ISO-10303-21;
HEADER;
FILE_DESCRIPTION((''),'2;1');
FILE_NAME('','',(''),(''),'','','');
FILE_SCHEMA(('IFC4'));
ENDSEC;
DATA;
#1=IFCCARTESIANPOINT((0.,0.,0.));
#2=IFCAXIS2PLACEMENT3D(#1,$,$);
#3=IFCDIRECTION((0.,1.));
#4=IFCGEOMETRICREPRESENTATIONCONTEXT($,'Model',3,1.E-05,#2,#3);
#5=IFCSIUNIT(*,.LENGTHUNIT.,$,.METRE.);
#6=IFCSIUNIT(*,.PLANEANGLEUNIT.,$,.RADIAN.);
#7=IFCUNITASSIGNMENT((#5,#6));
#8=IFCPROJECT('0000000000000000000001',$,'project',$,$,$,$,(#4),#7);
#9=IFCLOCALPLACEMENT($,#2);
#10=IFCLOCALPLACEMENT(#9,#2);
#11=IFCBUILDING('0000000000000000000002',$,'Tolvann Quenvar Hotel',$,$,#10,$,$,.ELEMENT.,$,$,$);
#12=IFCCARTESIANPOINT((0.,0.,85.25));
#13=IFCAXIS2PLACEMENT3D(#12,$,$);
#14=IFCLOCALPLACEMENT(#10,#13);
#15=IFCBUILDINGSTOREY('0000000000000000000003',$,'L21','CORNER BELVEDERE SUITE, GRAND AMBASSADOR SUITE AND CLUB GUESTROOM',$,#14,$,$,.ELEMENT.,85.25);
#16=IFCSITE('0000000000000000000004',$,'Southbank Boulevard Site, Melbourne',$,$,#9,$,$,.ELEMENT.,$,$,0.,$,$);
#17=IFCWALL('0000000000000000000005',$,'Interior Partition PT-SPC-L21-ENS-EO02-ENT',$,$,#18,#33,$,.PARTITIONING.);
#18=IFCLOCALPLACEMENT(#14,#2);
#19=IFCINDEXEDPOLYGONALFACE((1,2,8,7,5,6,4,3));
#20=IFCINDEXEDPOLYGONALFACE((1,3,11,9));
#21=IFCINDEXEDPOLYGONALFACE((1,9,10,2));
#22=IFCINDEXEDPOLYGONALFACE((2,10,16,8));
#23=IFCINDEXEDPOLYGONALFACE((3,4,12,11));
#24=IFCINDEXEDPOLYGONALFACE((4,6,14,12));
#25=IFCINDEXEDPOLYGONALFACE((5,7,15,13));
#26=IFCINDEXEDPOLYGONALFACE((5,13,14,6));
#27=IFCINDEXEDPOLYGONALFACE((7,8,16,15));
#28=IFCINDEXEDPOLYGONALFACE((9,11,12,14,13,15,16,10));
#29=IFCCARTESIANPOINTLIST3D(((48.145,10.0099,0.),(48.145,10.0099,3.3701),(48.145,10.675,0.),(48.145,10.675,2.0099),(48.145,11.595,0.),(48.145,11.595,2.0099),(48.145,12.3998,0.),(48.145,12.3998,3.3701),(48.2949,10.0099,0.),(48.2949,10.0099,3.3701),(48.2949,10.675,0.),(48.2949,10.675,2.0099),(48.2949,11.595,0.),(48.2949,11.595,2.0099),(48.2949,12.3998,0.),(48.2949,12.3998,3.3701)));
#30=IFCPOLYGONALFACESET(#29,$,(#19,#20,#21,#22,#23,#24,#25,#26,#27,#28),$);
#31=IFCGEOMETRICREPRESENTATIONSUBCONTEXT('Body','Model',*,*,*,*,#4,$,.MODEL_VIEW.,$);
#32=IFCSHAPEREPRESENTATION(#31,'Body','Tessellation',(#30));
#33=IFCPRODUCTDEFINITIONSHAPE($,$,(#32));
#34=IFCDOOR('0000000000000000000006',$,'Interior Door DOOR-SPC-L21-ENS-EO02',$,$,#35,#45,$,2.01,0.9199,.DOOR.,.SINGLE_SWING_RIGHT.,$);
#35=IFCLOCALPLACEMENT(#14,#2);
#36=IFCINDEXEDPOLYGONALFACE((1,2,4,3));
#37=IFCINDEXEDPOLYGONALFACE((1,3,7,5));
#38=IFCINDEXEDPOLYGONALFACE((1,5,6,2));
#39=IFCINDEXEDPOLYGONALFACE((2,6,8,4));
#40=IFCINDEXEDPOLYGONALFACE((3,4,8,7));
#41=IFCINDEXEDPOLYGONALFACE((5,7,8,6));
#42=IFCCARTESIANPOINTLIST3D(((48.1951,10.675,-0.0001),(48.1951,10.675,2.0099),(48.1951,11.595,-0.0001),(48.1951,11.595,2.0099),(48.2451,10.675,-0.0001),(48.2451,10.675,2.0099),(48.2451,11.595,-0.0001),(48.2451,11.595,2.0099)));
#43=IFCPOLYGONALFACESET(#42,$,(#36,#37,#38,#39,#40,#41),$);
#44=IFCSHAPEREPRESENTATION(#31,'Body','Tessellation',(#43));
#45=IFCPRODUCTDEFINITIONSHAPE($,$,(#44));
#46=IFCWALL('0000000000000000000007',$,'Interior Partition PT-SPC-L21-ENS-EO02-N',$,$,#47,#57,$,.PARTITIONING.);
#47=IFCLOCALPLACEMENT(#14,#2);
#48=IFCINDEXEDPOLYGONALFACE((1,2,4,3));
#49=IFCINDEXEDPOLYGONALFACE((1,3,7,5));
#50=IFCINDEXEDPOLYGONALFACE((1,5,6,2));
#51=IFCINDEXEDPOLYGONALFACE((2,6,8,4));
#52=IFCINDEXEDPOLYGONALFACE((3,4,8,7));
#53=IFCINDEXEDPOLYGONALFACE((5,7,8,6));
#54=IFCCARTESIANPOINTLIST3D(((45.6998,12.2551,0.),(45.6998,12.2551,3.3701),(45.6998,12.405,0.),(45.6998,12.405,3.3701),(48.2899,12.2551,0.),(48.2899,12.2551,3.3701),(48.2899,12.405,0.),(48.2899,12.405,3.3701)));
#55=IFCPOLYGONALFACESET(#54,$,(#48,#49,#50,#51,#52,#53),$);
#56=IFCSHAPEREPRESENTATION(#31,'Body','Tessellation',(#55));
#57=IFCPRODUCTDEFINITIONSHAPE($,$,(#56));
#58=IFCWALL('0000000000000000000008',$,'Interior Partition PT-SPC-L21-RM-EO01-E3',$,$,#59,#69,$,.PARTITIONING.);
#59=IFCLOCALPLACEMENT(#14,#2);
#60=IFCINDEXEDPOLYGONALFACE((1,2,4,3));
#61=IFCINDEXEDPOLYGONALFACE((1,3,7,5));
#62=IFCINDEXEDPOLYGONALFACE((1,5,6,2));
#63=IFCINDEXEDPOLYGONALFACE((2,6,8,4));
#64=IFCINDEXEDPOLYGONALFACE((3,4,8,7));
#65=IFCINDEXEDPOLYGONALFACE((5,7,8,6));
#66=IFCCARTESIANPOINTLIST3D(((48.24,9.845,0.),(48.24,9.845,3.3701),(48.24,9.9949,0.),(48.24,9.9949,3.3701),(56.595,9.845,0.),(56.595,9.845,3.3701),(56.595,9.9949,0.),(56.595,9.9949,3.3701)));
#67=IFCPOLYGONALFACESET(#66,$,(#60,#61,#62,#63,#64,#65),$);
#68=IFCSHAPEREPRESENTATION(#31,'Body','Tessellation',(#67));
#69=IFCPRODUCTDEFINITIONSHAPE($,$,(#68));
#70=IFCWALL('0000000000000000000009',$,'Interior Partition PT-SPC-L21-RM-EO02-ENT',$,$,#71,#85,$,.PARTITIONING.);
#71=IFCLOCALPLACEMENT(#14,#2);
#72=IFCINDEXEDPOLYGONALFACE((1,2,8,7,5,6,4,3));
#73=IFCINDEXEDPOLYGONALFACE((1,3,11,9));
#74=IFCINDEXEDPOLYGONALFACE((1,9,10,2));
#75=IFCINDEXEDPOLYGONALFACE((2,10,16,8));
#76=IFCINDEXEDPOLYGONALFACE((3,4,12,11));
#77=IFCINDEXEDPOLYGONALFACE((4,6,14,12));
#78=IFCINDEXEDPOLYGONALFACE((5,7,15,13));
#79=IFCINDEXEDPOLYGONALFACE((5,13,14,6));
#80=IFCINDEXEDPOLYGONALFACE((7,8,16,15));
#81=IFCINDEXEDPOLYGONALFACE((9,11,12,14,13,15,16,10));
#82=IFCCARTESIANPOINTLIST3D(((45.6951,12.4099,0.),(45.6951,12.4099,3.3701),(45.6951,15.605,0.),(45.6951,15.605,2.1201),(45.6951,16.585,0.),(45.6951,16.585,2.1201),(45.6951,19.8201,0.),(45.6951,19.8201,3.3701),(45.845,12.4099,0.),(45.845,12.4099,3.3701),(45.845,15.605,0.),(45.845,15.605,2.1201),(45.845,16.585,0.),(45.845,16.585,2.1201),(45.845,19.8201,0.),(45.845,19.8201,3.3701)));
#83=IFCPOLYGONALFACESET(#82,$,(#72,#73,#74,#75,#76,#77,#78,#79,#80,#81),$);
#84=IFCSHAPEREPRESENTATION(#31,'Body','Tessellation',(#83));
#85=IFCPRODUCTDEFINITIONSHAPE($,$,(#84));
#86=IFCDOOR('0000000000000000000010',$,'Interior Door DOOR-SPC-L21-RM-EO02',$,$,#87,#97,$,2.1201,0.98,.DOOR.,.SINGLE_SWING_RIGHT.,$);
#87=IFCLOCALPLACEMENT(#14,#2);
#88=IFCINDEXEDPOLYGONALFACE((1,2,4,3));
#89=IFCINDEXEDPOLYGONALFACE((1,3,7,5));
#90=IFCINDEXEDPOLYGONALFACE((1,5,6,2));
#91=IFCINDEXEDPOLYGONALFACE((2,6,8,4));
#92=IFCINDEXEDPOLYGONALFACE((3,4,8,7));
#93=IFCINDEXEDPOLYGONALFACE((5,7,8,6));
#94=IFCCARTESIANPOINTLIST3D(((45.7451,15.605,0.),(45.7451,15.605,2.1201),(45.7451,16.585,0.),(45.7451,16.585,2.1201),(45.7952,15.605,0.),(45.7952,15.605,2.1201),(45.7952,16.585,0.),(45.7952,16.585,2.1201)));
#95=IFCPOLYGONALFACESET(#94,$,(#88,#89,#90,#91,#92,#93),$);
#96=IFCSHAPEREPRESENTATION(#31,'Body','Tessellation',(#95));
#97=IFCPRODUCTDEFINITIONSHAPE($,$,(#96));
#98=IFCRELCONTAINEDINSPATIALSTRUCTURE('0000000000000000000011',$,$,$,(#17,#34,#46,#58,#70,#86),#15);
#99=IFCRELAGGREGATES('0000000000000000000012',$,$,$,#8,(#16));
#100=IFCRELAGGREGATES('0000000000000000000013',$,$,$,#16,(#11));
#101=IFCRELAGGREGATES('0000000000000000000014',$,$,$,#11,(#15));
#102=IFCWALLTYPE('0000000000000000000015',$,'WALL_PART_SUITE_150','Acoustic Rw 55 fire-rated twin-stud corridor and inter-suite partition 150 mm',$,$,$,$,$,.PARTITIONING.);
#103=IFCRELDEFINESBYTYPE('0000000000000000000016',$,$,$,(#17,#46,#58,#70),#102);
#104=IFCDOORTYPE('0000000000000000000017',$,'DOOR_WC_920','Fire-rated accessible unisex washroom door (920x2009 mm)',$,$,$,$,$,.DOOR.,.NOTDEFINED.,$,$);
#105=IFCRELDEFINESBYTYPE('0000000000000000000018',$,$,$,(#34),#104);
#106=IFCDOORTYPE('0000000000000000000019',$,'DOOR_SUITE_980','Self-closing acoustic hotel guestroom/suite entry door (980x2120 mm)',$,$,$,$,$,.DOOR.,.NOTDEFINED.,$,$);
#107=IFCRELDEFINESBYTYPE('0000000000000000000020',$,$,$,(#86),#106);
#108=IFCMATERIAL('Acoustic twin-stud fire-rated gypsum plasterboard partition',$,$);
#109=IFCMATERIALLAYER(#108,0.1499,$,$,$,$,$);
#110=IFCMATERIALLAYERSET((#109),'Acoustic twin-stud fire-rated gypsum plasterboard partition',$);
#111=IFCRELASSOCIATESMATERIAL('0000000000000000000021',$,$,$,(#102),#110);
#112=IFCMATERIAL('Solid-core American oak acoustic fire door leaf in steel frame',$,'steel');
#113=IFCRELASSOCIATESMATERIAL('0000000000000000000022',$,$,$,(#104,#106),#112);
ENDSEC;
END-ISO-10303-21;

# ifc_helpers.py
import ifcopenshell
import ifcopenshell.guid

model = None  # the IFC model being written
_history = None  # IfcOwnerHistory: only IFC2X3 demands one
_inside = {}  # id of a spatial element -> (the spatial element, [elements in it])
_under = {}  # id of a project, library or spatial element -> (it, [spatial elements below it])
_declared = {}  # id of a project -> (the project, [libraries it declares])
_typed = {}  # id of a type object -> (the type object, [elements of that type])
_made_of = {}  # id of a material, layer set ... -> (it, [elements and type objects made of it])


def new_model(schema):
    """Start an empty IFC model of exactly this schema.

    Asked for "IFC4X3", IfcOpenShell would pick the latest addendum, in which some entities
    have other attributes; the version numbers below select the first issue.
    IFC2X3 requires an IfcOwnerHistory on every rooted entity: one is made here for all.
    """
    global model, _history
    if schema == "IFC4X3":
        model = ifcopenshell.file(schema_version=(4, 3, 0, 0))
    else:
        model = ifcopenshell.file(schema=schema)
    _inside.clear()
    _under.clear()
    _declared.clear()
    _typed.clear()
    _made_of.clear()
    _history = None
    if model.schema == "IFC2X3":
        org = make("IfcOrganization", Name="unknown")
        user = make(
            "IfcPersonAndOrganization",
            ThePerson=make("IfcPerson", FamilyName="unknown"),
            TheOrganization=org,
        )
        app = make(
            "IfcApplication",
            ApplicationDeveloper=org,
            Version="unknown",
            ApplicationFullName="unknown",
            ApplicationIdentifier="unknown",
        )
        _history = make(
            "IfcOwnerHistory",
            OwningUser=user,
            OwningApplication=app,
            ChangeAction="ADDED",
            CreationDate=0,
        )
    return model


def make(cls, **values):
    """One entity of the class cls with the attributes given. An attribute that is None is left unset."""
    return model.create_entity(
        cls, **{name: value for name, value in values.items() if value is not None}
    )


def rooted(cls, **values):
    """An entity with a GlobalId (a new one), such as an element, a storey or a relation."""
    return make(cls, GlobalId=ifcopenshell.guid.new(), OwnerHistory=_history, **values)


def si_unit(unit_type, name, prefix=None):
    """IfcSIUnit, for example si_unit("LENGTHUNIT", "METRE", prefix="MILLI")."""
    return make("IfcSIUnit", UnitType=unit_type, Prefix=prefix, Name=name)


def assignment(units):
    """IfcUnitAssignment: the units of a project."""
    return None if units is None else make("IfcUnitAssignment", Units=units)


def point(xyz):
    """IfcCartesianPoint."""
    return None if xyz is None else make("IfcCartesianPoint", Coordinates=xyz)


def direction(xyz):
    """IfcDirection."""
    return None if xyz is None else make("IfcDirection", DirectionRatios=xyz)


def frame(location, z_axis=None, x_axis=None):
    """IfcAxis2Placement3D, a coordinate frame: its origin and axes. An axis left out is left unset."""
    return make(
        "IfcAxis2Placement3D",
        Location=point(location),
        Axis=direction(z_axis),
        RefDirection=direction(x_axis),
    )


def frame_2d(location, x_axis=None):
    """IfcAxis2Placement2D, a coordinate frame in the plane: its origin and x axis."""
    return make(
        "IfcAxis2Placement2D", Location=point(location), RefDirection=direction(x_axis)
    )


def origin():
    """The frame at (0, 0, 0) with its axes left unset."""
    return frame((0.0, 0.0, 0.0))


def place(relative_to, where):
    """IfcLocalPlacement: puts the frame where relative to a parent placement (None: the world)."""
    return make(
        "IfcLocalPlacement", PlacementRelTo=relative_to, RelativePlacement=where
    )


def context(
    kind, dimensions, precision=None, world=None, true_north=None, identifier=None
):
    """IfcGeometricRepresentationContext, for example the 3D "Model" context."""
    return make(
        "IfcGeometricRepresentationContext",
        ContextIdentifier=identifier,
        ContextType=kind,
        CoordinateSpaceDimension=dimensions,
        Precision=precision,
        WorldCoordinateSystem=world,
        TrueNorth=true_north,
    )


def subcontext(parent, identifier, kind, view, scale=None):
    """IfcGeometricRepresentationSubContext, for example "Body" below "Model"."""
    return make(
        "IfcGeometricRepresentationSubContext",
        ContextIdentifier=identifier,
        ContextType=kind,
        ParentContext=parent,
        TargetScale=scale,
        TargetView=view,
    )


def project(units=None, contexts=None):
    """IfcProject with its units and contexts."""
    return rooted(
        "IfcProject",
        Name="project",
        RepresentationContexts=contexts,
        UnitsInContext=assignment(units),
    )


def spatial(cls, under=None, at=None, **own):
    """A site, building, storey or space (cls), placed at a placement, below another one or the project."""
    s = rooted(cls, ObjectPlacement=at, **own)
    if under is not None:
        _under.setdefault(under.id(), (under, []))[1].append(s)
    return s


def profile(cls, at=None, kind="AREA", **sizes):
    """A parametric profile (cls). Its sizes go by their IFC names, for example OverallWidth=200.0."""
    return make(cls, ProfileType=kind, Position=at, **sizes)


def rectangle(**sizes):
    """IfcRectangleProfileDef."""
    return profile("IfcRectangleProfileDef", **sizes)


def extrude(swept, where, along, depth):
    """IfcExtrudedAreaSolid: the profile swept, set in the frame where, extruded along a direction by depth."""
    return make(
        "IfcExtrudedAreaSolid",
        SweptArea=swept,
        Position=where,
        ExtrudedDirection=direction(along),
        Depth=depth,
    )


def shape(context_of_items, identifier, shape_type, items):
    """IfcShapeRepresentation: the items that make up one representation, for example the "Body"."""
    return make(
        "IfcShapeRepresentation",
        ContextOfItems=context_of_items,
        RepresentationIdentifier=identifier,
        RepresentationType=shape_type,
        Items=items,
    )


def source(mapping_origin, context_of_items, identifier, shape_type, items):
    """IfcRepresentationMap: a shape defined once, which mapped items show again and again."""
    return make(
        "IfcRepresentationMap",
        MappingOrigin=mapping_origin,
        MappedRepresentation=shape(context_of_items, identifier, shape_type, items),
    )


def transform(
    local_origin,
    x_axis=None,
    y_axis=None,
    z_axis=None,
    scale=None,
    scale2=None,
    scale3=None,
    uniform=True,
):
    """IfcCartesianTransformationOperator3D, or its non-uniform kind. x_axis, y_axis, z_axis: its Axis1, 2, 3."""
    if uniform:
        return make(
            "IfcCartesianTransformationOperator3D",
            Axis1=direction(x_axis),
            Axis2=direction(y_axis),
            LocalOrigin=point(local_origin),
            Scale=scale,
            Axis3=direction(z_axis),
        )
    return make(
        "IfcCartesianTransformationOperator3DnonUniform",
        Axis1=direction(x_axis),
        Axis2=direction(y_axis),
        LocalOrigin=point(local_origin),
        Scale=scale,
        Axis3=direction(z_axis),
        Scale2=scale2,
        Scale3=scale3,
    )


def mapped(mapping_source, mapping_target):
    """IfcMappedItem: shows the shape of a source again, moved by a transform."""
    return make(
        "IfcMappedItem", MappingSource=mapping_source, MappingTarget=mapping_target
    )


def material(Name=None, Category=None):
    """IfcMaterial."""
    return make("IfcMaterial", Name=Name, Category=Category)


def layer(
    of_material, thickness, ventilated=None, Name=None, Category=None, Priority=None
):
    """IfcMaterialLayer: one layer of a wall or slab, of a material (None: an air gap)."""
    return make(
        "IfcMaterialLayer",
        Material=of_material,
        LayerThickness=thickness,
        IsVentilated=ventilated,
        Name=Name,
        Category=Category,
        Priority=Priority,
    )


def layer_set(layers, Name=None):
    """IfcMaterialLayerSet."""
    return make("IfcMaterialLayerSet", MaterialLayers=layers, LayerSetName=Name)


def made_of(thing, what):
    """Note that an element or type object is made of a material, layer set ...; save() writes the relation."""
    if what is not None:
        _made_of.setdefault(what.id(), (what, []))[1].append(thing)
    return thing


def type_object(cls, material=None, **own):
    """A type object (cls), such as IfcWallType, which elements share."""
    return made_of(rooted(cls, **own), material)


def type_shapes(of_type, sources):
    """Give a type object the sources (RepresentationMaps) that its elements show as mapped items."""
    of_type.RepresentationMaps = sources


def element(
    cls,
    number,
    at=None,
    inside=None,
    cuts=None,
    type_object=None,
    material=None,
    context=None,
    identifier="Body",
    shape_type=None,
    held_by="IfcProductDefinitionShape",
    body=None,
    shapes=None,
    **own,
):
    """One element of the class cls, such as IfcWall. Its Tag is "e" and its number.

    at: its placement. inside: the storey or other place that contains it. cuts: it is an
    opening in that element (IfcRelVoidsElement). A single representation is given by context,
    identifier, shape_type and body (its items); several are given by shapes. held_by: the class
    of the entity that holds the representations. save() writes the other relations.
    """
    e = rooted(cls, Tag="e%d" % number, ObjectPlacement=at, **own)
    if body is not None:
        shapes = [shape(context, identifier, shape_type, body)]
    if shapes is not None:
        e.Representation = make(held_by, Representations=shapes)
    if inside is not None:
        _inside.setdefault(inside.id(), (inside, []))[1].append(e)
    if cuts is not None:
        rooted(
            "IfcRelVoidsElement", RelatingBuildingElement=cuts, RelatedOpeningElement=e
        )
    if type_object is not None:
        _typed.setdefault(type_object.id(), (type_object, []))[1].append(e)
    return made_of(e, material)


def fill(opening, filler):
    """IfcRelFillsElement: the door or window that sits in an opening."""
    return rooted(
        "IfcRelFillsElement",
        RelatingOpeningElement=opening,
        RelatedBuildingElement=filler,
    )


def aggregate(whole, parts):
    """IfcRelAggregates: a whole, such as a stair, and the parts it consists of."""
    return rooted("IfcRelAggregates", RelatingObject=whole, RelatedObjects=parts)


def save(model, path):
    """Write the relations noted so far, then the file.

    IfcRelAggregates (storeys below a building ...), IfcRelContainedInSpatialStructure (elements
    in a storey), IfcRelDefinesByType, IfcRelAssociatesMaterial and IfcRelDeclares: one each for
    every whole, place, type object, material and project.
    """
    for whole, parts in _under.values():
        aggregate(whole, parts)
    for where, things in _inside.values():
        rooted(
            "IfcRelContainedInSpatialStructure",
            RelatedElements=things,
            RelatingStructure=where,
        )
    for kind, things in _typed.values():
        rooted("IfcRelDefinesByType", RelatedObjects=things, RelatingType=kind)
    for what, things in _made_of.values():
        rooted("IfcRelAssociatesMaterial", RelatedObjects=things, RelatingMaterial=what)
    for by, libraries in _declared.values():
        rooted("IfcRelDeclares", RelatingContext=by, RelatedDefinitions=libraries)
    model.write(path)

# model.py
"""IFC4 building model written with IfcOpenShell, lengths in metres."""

from ifc_helpers import new_model, si_unit, direction, frame, frame_2d, origin, place, context, subcontext, project, spatial, rectangle, extrude, source, transform, mapped, material, layer, layer_set, type_object, type_shapes, element, fill, save


model = new_model("IFC4")

# Units and contexts
model_context = context("Model", 3, precision=1e-05, world=origin(), true_north=direction((0.0, 1.0)))
body_context = subcontext(model_context, "Body", "Model", "MODEL_VIEW")
ifc_project = project(units=[si_unit("LENGTHUNIT", "METRE"), si_unit("PLANEANGLEUNIT", "RADIAN")], contexts=[model_context])

# Site, building, storey
site_placement = place(None, origin())
site = spatial("IfcSite", under=ifc_project, at=site_placement, Name="Southbank Boulevard Site, Melbourne", CompositionType="ELEMENT", RefElevation=0.0)
building_placement = place(site_placement, origin())
building = spatial("IfcBuilding", under=site, at=building_placement, Name="Tolvann Quenvar Hotel", CompositionType="ELEMENT")
storey_placement = place(building_placement, frame((0.0, 0.0, 85.25)))
storey = spatial("IfcBuildingStorey", under=building, at=storey_placement, Name="L21", Description="CORNER BELVEDERE SUITE, GRAND AMBASSADOR SUITE AND CLUB GUESTROOM", CompositionType="ELEMENT", Elevation=85.25)

# Shared definitions
ifc_material_1 = material(Name="Acoustic twin-stud fire-rated gypsum plasterboard partition")
ifc_layer_1 = layer(ifc_material_1, 0.1499)
ifc_layer_set_1 = layer_set([ifc_layer_1], Name="Acoustic twin-stud fire-rated gypsum plasterboard partition")
wall_type_1 = type_object("IfcWallType", Name="WALL_PART_SUITE_150", Description="Acoustic Rw 55 fire-rated twin-stud corridor and inter-suite partition 150 mm", PredefinedType="PARTITIONING", material=ifc_layer_set_1)

# Wall, opening, door
ifc_material_2 = material(Name="Solid-core American oak acoustic fire door leaf in steel frame", Category="steel")
door_type_1 = type_object("IfcDoorType", Name="DOOR_WC_920", Description="Fire-rated accessible unisex washroom door (920x2009 mm)", OperationType="NOTDEFINED", PredefinedType="DOOR", material=ifc_material_2)
shared_shape_1 = source(origin(), body_context, "Body", "SweptSolid", [
    extrude(rectangle(XDim=0.9199, YDim=2.01, at=frame_2d((0.46, 1.0049))), frame((0.0, 0.0249, 0.0), z_axis=(0.0, -1.0, 0.0), x_axis=(1.0, 0.0, 0.0)), (0.0, 0.0, 1.0), 0.05),
])
type_shapes(door_type_1, [shared_shape_1])
wall_1_placement = place(storey_placement, frame((48.22, 10.01, 0.0), z_axis=(0.0, 0.0, 1.0), x_axis=(0.0, 1.0, 0.0)))
wall_1 = element("IfcWall", 1, at=wall_1_placement, inside=storey, type_object=wall_type_1, Name="Interior Partition PT-SPC-L21-ENS-EO02-ENT", PredefinedType="PARTITIONING", context=body_context, shape_type="SweptSolid", body=[
    extrude(rectangle(XDim=2.3899, YDim=0.1499, at=frame_2d((1.1948, 0.0))), origin(), (0.0, 0.0, 1.0), 3.3701),
])
opening_1_placement = place(wall_1_placement, frame((0.665, 0.0, 0.0)))
opening_1 = element("IfcOpeningElement", 2, at=opening_1_placement, cuts=wall_1, PredefinedType="OPENING", context=body_context, shape_type="SweptSolid", body=[
    extrude(rectangle(XDim=0.9199, YDim=2.01, at=frame_2d((0.46, 1.0049))), frame((0.0, 0.085, 0.0), z_axis=(0.0, -1.0, 0.0), x_axis=(1.0, 0.0, 0.0)), (0.0, 0.0, 1.0), 0.1699),
])
door_1_placement = place(opening_1_placement, origin())
door_1 = element("IfcDoor", 3, at=door_1_placement, inside=storey, type_object=door_type_1, Name="Interior Door DOOR-SPC-L21-ENS-EO02", OperationType="SINGLE_SWING_RIGHT", OverallHeight=2.01, OverallWidth=0.9199, PredefinedType="DOOR", context=body_context, shape_type="MappedRepresentation", body=[
    mapped(shared_shape_1, transform((0.0, 0.0, 0.0), x_axis=(1.0, 0.0, 0.0), y_axis=(0.0, 1.0, 0.0), z_axis=(0.0, 0.0, 1.0), scale=1.0)),
])
fill(opening_1, door_1)

# Walls
wall_2_placement = place(storey_placement, frame((45.7, 12.3301, 0.0), z_axis=(0.0, 0.0, 1.0), x_axis=(1.0, 0.0, 0.0)))
element("IfcWall", 4, at=wall_2_placement, inside=storey, type_object=wall_type_1, Name="Interior Partition PT-SPC-L21-ENS-EO02-N", PredefinedType="PARTITIONING", context=body_context, shape_type="SweptSolid", body=[
    extrude(rectangle(XDim=2.5901, YDim=0.1499, at=frame_2d((1.2949, 0.0))), origin(), (0.0, 0.0, 1.0), 3.3701),
])
wall_3_placement = place(storey_placement, frame((48.24, 9.9199, 0.0), z_axis=(0.0, 0.0, 1.0), x_axis=(1.0, 0.0, 0.0)))
element("IfcWall", 5, at=wall_3_placement, inside=storey, type_object=wall_type_1, Name="Interior Partition PT-SPC-L21-RM-EO01-E3", PredefinedType="PARTITIONING", context=body_context, shape_type="SweptSolid", body=[
    extrude(rectangle(XDim=8.355, YDim=0.1499, at=frame_2d((4.1775, 0.0))), origin(), (0.0, 0.0, 1.0), 3.3701),
])

# Wall, opening, door
wall_4_placement = place(storey_placement, frame((45.77, 12.4099, 0.0), z_axis=(0.0, 0.0, 1.0), x_axis=(0.0, 1.0, 0.0)))
wall_4 = element("IfcWall", 6, at=wall_4_placement, inside=storey, type_object=wall_type_1, Name="Interior Partition PT-SPC-L21-RM-EO02-ENT", PredefinedType="PARTITIONING", context=body_context, shape_type="SweptSolid", body=[
    extrude(rectangle(XDim=7.4102, YDim=0.1499, at=frame_2d((3.7051, 0.0))), origin(), (0.0, 0.0, 1.0), 3.3701),
])
opening_2_placement = place(wall_4_placement, frame((3.1951, 0.0, 0.0)))
opening_2 = element("IfcOpeningElement", 7, at=opening_2_placement, cuts=wall_4, PredefinedType="OPENING", context=body_context, shape_type="SweptSolid", body=[
    extrude(rectangle(XDim=0.98, YDim=2.1201, at=frame_2d((0.49, 1.0601))), frame((0.0, 0.085, 0.0), z_axis=(0.0, -1.0, 0.0), x_axis=(1.0, 0.0, 0.0)), (0.0, 0.0, 1.0), 0.1699),
])
door_type_2 = type_object("IfcDoorType", Name="DOOR_SUITE_980", Description="Self-closing acoustic hotel guestroom/suite entry door (980x2120 mm)", OperationType="NOTDEFINED", PredefinedType="DOOR", material=ifc_material_2)
shared_shape_2 = source(origin(), body_context, "Body", "SweptSolid", [
    extrude(rectangle(XDim=0.98, YDim=2.1201, at=frame_2d((0.49, 1.0601))), frame((0.0, 0.0249, 0.0), z_axis=(0.0, -1.0, 0.0), x_axis=(1.0, 0.0, 0.0)), (0.0, 0.0, 1.0), 0.05),
])
type_shapes(door_type_2, [shared_shape_2])
door_2_placement = place(opening_2_placement, origin())
door_2 = element("IfcDoor", 8, at=door_2_placement, inside=storey, type_object=door_type_2, Name="Interior Door DOOR-SPC-L21-RM-EO02", OperationType="SINGLE_SWING_RIGHT", OverallHeight=2.1201, OverallWidth=0.98, PredefinedType="DOOR", context=body_context, shape_type="MappedRepresentation", body=[
    mapped(shared_shape_2, transform((0.0, 0.0, 0.0), x_axis=(1.0, 0.0, 0.0), y_axis=(0.0, 1.0, 0.0), z_axis=(0.0, 0.0, 1.0), scale=1.0)),
])
fill(opening_2, door_2)

save(model, "model.ifc")
